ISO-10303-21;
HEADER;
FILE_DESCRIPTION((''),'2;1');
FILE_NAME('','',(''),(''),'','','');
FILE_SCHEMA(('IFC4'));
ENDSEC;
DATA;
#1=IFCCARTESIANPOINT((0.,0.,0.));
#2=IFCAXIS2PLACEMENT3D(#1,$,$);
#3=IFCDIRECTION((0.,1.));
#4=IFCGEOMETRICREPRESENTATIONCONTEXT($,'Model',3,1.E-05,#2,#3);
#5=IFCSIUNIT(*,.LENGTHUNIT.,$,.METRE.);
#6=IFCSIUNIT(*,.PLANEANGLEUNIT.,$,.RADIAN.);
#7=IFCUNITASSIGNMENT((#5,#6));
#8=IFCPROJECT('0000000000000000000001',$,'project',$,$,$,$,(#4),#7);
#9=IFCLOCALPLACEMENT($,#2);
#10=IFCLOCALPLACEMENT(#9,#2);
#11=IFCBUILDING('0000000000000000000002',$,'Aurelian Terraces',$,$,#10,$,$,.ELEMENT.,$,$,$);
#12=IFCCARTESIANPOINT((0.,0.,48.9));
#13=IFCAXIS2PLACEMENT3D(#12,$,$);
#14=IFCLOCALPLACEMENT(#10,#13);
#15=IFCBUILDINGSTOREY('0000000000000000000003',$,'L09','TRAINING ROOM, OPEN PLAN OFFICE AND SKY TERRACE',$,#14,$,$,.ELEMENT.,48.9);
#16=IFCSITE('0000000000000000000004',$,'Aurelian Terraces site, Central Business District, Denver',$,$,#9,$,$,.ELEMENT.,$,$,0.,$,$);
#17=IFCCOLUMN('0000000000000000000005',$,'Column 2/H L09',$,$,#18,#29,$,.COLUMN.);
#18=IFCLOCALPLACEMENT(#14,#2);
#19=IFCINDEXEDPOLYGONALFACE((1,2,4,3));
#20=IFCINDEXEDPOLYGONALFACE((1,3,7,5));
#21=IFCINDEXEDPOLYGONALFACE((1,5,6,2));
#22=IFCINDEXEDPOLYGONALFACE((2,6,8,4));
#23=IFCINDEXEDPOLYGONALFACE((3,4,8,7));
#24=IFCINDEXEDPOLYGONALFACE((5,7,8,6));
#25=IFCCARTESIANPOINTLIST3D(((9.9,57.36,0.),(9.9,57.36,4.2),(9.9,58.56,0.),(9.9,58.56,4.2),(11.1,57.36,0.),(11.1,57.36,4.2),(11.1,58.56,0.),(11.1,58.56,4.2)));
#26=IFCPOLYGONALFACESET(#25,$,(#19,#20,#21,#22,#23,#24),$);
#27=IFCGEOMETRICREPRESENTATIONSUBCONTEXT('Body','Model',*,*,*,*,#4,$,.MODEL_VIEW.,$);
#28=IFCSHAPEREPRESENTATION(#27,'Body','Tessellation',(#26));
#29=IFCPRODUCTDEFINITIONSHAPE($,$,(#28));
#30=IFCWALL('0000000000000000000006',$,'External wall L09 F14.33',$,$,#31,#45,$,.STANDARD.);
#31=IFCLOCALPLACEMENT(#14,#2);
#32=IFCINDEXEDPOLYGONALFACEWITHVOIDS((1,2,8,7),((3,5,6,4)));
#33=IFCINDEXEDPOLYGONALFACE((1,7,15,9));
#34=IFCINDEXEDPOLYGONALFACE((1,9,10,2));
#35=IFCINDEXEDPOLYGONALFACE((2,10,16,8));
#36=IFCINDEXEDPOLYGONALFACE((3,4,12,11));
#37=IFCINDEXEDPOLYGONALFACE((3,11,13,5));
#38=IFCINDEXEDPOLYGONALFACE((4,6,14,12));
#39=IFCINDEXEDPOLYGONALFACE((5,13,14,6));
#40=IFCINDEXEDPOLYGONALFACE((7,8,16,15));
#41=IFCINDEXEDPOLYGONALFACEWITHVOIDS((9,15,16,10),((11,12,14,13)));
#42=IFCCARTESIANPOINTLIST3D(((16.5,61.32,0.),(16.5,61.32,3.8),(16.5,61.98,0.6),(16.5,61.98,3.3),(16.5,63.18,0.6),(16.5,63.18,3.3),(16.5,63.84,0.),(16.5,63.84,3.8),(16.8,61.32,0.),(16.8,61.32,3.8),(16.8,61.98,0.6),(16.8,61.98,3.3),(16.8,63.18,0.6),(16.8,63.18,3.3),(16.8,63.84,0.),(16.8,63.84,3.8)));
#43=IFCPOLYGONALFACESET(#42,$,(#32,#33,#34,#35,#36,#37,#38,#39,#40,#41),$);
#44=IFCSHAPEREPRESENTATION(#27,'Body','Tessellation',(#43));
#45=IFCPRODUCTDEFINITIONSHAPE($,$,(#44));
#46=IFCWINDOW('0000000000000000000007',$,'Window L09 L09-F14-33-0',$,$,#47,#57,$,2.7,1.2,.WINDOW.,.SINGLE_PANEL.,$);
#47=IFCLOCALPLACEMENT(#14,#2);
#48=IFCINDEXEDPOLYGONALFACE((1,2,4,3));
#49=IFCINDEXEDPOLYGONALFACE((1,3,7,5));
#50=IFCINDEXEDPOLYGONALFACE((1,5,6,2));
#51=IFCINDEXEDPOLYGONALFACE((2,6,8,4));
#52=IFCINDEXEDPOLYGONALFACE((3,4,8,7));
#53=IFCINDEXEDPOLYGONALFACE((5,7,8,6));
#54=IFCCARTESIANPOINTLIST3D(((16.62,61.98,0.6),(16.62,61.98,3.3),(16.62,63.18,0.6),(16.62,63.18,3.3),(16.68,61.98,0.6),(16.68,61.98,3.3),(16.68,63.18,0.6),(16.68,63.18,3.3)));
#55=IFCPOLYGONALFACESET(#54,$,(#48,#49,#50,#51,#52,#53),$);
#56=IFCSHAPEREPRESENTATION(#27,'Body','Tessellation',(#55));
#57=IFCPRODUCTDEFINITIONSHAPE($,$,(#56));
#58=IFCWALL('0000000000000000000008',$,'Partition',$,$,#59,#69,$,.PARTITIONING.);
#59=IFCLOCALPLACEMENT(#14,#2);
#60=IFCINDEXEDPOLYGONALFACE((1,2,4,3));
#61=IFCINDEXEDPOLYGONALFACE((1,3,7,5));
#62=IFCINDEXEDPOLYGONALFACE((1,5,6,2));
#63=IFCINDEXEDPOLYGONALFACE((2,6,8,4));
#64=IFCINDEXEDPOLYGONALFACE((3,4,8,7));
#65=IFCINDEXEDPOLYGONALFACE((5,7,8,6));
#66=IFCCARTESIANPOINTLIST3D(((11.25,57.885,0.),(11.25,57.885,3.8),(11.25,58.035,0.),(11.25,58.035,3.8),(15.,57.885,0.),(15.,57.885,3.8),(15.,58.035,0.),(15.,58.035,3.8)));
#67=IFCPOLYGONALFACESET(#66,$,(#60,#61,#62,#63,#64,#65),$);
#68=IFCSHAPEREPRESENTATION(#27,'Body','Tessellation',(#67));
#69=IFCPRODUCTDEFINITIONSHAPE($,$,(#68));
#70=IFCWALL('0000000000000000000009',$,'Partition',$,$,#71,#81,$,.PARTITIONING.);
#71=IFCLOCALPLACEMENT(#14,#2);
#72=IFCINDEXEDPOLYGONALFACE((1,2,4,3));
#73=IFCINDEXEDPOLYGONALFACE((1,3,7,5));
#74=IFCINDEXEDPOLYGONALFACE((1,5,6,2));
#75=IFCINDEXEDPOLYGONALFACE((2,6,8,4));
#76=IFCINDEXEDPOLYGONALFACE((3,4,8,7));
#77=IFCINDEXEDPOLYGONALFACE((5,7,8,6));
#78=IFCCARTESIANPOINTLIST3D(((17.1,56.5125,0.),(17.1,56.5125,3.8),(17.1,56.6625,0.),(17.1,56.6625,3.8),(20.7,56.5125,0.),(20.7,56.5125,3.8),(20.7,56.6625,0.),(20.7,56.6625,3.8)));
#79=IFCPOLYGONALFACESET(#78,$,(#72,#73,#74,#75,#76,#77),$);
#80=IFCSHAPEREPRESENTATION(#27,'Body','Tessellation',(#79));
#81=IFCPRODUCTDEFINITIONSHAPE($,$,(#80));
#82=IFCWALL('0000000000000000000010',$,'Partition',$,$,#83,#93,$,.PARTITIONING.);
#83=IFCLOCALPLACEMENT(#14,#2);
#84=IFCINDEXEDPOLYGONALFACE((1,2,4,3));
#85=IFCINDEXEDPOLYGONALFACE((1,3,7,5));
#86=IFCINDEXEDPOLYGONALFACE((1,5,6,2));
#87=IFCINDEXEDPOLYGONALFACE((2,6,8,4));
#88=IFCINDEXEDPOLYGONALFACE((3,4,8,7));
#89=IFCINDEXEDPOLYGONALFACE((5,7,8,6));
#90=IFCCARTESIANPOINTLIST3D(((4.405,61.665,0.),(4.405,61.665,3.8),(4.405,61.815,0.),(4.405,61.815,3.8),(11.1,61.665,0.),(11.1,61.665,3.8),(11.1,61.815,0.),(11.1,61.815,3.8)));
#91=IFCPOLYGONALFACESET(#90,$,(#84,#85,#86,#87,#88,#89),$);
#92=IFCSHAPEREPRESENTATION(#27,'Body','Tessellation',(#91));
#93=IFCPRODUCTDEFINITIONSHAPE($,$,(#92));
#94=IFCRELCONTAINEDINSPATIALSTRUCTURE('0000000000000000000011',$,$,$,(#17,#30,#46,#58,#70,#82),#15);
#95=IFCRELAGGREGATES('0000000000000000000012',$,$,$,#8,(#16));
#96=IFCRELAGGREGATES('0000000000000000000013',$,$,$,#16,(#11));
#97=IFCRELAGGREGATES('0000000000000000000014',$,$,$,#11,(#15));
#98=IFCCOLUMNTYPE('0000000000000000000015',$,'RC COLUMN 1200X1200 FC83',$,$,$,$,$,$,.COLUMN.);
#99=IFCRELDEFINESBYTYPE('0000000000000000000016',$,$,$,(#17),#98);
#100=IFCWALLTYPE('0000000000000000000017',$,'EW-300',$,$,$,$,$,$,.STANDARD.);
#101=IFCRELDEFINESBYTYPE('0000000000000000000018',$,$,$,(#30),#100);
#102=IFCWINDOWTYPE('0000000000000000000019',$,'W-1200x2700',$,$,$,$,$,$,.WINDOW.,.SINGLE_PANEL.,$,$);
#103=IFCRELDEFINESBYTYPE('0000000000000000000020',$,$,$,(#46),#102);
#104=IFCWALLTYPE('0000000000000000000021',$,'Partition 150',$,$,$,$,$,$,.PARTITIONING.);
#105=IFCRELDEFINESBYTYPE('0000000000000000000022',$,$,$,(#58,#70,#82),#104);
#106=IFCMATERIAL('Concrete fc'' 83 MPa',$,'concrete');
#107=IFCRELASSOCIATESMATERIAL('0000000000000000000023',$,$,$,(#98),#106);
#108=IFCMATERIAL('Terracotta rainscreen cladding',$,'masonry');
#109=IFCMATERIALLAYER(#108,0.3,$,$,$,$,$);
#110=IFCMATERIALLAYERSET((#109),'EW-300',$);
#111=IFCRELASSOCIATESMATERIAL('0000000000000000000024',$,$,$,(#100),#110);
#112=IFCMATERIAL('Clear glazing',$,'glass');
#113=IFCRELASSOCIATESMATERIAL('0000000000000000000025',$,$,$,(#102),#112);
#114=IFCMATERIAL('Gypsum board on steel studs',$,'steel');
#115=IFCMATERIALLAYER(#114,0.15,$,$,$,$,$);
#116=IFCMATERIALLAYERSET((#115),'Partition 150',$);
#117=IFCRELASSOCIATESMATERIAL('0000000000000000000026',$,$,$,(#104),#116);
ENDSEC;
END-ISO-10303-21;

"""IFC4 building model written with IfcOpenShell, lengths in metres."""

from ifc_helpers import new_model, si_unit, direction, frame, frame_2d, origin, origin_2d, place, context, subcontext, project, spatial, rectangle, extrude, source, transform, mapped, material, layer, layer_set, material_profile, profile_set, type_object, element, fill, save


model = new_model("IFC4")

# Units and contexts
model_context = context("Model", 3, precision=1e-05, world=origin(), true_north=direction((0.0, 1.0)))
body_context = subcontext(model_context, "Body", "Model", "MODEL_VIEW")
ifc_project = project(units=[si_unit("LENGTHUNIT", "METRE"), si_unit("PLANEANGLEUNIT", "RADIAN")], contexts=[model_context])

# Site, building, storey
site_placement = place(None, origin())
site = spatial("IfcSite", under=ifc_project, at=site_placement, Name="Aurelian Terraces site, Central Business District, Denver", CompositionType="ELEMENT", RefElevation=0.0)
building_placement = place(site_placement, origin())
building = spatial("IfcBuilding", under=site, at=building_placement, Name="Aurelian Terraces", CompositionType="ELEMENT")
storey_placement = place(building_placement, frame((0.0, 0.0, 48.9)))
storey = spatial("IfcBuildingStorey", under=building, at=storey_placement, Name="L09", Description="TRAINING ROOM, OPEN PLAN OFFICE AND SKY TERRACE", CompositionType="ELEMENT", Elevation=48.9)

# Column
ifc_material_1 = material(Name="Concrete fc' 83 MPa", Category="concrete")
ifc_material_profile = material_profile(ifc_material_1, rectangle(XDim=1.2, YDim=1.2, at=origin_2d()))
ifc_profile_set = profile_set([ifc_material_profile], Name="Concrete fc' 83 MPa")
column_type = type_object("IfcColumnType", Name="RC COLUMN 1200X1200 FC83", PredefinedType="COLUMN", material=ifc_profile_set)
shared_shape_1 = source(origin(), body_context, "Body", "SweptSolid", [
    extrude(rectangle(XDim=1.2, YDim=1.2, at=origin_2d()), origin(), (0.0, 0.0, 1.0), 4.2),
])
column_placement = place(storey_placement, frame((10.5, 57.96, 0.0), z_axis=(0.0, 0.0, 1.0), x_axis=(1.0, 0.0, 0.0)))
element("IfcColumn", 1, at=column_placement, inside=storey, type_object=column_type, Name="Column 2/H L09", PredefinedType="COLUMN", context=body_context, shape_type="MappedRepresentation", body=[
    mapped(shared_shape_1, transform((0.0, 0.0, 0.0), scale=1.0)),
])

# Shared definitions
ifc_material_2 = material(Name="Gypsum board on steel studs", Category="steel")

# Wall, opening, window
ifc_material_3 = material(Name="Terracotta rainscreen cladding", Category="masonry")
ifc_layer_1 = layer(ifc_material_3, 0.3)
ifc_layer_set_1 = layer_set([ifc_layer_1], Name="EW-300")
wall_type_1 = type_object("IfcWallType", Name="EW-300", PredefinedType="STANDARD", material=ifc_layer_set_1)
shared_shape_2 = source(origin(), body_context, "Body", "SweptSolid", [
    extrude(rectangle(XDim=2.52, YDim=0.3, at=frame_2d((1.26, 0.0))), origin(), (0.0, 0.0, 1.0), 3.8),
])
wall_1_placement = place(storey_placement, frame((16.65, 61.32, 0.0), z_axis=(0.0, 0.0, 1.0), x_axis=(0.0, 1.0, 0.0)))
wall_1 = element("IfcWall", 2, at=wall_1_placement, inside=storey, type_object=wall_type_1, Name="External wall L09 F14.33", PredefinedType="STANDARD", context=body_context, shape_type="MappedRepresentation", body=[
    mapped(shared_shape_2, transform((0.0, 0.0, 0.0), scale=1.0)),
])
shared_shape_3 = source(origin(), body_context, "Body", "SweptSolid", [
    extrude(rectangle(XDim=1.2, YDim=2.7, at=frame_2d((0.6, 1.35))), frame((0.0, 0.16, 0.0), z_axis=(0.0, -1.0, 0.0), x_axis=(1.0, 0.0, 0.0)), (0.0, 0.0, 1.0), 0.32),
])
opening_1_placement = place(wall_1_placement, frame((0.66, 0.0, 0.6)))
opening_1 = element("IfcOpeningElement", 3, at=opening_1_placement, cuts=wall_1, PredefinedType="OPENING", context=body_context, shape_type="MappedRepresentation", body=[
    mapped(shared_shape_3, transform((0.0, 0.0, 0.0), scale=1.0)),
])
ifc_material_4 = material(Name="Clear glazing", Category="glass")
window_type = type_object("IfcWindowType", Name="W-1200x2700", PartitioningType="SINGLE_PANEL", PredefinedType="WINDOW", material=ifc_material_4)
shared_shape_4 = source(origin(), body_context, "Body", "SweptSolid", [
    extrude(rectangle(XDim=1.2, YDim=2.7, at=frame_2d((0.6, 1.35))), frame((0.0, 0.03, 0.0), z_axis=(0.0, -1.0, 0.0), x_axis=(1.0, 0.0, 0.0)), (0.0, 0.0, 1.0), 0.06),
])
window_placement = place(opening_1_placement, origin())
window = element("IfcWindow", 4, at=window_placement, inside=storey, type_object=window_type, Name="Window L09 L09-F14-33-0", OverallHeight=2.7, OverallWidth=1.2, PartitioningType="SINGLE_PANEL", PredefinedType="WINDOW", context=body_context, shape_type="MappedRepresentation", body=[
    mapped(shared_shape_4, transform((0.0, 0.0, 0.0), scale=1.0)),
])
fill(opening_1, window)

# Walls
ifc_layer_2 = layer(ifc_material_2, 0.15)
ifc_layer_set_2 = layer_set([ifc_layer_2], Name="Partition 150")
wall_type_2 = type_object("IfcWallType", Name="Partition 150", PredefinedType="PARTITIONING", material=ifc_layer_set_2)
shared_shape_5 = source(origin(), body_context, "Body", "SweptSolid", [
    extrude(rectangle(XDim=3.75, YDim=0.15, at=frame_2d((1.875, 0.0))), origin(), (0.0, 0.0, 1.0), 3.8),
])
wall_2_placement = place(storey_placement, frame((15.0, 57.96, 0.0), z_axis=(0.0, 0.0, 1.0), x_axis=(-1.0, 0.0, 0.0)))
element("IfcWall", 5, at=wall_2_placement, inside=storey, type_object=wall_type_2, Name="Partition", PredefinedType="PARTITIONING", context=body_context, shape_type="MappedRepresentation", body=[
    mapped(shared_shape_5, transform((0.0, 0.0, 0.0), scale=1.0)),
])
shared_shape_6 = source(origin(), body_context, "Body", "SweptSolid", [
    extrude(rectangle(XDim=3.6, YDim=0.15, at=frame_2d((1.8, 0.0))), origin(), (0.0, 0.0, 1.0), 3.8),
])
wall_3_placement = place(storey_placement, frame((17.1, 56.5875, 0.0), z_axis=(0.0, 0.0, 1.0), x_axis=(1.0, 0.0, 0.0)))
element("IfcWall", 6, at=wall_3_placement, inside=storey, type_object=wall_type_2, Name="Partition", PredefinedType="PARTITIONING", context=body_context, shape_type="MappedRepresentation", body=[
    mapped(shared_shape_6, transform((0.0, 0.0, 0.0), scale=1.0)),
])
shared_shape_7 = source(origin(), body_context, "Body", "SweptSolid", [
    extrude(rectangle(XDim=6.695, YDim=0.15, at=frame_2d((3.3475, 0.0))), origin(), (0.0, 0.0, 1.0), 3.8),
])
wall_4_placement = place(storey_placement, frame((11.1, 61.74, 0.0), z_axis=(0.0, 0.0, 1.0), x_axis=(-1.0, 0.0, 0.0)))
element("IfcWall", 7, at=wall_4_placement, inside=storey, type_object=wall_type_2, Name="Partition", PredefinedType="PARTITIONING", context=body_context, shape_type="MappedRepresentation", body=[
    mapped(shared_shape_7, transform((0.0, 0.0, 0.0), scale=1.0)),
])

save(model, "model.ifc")
